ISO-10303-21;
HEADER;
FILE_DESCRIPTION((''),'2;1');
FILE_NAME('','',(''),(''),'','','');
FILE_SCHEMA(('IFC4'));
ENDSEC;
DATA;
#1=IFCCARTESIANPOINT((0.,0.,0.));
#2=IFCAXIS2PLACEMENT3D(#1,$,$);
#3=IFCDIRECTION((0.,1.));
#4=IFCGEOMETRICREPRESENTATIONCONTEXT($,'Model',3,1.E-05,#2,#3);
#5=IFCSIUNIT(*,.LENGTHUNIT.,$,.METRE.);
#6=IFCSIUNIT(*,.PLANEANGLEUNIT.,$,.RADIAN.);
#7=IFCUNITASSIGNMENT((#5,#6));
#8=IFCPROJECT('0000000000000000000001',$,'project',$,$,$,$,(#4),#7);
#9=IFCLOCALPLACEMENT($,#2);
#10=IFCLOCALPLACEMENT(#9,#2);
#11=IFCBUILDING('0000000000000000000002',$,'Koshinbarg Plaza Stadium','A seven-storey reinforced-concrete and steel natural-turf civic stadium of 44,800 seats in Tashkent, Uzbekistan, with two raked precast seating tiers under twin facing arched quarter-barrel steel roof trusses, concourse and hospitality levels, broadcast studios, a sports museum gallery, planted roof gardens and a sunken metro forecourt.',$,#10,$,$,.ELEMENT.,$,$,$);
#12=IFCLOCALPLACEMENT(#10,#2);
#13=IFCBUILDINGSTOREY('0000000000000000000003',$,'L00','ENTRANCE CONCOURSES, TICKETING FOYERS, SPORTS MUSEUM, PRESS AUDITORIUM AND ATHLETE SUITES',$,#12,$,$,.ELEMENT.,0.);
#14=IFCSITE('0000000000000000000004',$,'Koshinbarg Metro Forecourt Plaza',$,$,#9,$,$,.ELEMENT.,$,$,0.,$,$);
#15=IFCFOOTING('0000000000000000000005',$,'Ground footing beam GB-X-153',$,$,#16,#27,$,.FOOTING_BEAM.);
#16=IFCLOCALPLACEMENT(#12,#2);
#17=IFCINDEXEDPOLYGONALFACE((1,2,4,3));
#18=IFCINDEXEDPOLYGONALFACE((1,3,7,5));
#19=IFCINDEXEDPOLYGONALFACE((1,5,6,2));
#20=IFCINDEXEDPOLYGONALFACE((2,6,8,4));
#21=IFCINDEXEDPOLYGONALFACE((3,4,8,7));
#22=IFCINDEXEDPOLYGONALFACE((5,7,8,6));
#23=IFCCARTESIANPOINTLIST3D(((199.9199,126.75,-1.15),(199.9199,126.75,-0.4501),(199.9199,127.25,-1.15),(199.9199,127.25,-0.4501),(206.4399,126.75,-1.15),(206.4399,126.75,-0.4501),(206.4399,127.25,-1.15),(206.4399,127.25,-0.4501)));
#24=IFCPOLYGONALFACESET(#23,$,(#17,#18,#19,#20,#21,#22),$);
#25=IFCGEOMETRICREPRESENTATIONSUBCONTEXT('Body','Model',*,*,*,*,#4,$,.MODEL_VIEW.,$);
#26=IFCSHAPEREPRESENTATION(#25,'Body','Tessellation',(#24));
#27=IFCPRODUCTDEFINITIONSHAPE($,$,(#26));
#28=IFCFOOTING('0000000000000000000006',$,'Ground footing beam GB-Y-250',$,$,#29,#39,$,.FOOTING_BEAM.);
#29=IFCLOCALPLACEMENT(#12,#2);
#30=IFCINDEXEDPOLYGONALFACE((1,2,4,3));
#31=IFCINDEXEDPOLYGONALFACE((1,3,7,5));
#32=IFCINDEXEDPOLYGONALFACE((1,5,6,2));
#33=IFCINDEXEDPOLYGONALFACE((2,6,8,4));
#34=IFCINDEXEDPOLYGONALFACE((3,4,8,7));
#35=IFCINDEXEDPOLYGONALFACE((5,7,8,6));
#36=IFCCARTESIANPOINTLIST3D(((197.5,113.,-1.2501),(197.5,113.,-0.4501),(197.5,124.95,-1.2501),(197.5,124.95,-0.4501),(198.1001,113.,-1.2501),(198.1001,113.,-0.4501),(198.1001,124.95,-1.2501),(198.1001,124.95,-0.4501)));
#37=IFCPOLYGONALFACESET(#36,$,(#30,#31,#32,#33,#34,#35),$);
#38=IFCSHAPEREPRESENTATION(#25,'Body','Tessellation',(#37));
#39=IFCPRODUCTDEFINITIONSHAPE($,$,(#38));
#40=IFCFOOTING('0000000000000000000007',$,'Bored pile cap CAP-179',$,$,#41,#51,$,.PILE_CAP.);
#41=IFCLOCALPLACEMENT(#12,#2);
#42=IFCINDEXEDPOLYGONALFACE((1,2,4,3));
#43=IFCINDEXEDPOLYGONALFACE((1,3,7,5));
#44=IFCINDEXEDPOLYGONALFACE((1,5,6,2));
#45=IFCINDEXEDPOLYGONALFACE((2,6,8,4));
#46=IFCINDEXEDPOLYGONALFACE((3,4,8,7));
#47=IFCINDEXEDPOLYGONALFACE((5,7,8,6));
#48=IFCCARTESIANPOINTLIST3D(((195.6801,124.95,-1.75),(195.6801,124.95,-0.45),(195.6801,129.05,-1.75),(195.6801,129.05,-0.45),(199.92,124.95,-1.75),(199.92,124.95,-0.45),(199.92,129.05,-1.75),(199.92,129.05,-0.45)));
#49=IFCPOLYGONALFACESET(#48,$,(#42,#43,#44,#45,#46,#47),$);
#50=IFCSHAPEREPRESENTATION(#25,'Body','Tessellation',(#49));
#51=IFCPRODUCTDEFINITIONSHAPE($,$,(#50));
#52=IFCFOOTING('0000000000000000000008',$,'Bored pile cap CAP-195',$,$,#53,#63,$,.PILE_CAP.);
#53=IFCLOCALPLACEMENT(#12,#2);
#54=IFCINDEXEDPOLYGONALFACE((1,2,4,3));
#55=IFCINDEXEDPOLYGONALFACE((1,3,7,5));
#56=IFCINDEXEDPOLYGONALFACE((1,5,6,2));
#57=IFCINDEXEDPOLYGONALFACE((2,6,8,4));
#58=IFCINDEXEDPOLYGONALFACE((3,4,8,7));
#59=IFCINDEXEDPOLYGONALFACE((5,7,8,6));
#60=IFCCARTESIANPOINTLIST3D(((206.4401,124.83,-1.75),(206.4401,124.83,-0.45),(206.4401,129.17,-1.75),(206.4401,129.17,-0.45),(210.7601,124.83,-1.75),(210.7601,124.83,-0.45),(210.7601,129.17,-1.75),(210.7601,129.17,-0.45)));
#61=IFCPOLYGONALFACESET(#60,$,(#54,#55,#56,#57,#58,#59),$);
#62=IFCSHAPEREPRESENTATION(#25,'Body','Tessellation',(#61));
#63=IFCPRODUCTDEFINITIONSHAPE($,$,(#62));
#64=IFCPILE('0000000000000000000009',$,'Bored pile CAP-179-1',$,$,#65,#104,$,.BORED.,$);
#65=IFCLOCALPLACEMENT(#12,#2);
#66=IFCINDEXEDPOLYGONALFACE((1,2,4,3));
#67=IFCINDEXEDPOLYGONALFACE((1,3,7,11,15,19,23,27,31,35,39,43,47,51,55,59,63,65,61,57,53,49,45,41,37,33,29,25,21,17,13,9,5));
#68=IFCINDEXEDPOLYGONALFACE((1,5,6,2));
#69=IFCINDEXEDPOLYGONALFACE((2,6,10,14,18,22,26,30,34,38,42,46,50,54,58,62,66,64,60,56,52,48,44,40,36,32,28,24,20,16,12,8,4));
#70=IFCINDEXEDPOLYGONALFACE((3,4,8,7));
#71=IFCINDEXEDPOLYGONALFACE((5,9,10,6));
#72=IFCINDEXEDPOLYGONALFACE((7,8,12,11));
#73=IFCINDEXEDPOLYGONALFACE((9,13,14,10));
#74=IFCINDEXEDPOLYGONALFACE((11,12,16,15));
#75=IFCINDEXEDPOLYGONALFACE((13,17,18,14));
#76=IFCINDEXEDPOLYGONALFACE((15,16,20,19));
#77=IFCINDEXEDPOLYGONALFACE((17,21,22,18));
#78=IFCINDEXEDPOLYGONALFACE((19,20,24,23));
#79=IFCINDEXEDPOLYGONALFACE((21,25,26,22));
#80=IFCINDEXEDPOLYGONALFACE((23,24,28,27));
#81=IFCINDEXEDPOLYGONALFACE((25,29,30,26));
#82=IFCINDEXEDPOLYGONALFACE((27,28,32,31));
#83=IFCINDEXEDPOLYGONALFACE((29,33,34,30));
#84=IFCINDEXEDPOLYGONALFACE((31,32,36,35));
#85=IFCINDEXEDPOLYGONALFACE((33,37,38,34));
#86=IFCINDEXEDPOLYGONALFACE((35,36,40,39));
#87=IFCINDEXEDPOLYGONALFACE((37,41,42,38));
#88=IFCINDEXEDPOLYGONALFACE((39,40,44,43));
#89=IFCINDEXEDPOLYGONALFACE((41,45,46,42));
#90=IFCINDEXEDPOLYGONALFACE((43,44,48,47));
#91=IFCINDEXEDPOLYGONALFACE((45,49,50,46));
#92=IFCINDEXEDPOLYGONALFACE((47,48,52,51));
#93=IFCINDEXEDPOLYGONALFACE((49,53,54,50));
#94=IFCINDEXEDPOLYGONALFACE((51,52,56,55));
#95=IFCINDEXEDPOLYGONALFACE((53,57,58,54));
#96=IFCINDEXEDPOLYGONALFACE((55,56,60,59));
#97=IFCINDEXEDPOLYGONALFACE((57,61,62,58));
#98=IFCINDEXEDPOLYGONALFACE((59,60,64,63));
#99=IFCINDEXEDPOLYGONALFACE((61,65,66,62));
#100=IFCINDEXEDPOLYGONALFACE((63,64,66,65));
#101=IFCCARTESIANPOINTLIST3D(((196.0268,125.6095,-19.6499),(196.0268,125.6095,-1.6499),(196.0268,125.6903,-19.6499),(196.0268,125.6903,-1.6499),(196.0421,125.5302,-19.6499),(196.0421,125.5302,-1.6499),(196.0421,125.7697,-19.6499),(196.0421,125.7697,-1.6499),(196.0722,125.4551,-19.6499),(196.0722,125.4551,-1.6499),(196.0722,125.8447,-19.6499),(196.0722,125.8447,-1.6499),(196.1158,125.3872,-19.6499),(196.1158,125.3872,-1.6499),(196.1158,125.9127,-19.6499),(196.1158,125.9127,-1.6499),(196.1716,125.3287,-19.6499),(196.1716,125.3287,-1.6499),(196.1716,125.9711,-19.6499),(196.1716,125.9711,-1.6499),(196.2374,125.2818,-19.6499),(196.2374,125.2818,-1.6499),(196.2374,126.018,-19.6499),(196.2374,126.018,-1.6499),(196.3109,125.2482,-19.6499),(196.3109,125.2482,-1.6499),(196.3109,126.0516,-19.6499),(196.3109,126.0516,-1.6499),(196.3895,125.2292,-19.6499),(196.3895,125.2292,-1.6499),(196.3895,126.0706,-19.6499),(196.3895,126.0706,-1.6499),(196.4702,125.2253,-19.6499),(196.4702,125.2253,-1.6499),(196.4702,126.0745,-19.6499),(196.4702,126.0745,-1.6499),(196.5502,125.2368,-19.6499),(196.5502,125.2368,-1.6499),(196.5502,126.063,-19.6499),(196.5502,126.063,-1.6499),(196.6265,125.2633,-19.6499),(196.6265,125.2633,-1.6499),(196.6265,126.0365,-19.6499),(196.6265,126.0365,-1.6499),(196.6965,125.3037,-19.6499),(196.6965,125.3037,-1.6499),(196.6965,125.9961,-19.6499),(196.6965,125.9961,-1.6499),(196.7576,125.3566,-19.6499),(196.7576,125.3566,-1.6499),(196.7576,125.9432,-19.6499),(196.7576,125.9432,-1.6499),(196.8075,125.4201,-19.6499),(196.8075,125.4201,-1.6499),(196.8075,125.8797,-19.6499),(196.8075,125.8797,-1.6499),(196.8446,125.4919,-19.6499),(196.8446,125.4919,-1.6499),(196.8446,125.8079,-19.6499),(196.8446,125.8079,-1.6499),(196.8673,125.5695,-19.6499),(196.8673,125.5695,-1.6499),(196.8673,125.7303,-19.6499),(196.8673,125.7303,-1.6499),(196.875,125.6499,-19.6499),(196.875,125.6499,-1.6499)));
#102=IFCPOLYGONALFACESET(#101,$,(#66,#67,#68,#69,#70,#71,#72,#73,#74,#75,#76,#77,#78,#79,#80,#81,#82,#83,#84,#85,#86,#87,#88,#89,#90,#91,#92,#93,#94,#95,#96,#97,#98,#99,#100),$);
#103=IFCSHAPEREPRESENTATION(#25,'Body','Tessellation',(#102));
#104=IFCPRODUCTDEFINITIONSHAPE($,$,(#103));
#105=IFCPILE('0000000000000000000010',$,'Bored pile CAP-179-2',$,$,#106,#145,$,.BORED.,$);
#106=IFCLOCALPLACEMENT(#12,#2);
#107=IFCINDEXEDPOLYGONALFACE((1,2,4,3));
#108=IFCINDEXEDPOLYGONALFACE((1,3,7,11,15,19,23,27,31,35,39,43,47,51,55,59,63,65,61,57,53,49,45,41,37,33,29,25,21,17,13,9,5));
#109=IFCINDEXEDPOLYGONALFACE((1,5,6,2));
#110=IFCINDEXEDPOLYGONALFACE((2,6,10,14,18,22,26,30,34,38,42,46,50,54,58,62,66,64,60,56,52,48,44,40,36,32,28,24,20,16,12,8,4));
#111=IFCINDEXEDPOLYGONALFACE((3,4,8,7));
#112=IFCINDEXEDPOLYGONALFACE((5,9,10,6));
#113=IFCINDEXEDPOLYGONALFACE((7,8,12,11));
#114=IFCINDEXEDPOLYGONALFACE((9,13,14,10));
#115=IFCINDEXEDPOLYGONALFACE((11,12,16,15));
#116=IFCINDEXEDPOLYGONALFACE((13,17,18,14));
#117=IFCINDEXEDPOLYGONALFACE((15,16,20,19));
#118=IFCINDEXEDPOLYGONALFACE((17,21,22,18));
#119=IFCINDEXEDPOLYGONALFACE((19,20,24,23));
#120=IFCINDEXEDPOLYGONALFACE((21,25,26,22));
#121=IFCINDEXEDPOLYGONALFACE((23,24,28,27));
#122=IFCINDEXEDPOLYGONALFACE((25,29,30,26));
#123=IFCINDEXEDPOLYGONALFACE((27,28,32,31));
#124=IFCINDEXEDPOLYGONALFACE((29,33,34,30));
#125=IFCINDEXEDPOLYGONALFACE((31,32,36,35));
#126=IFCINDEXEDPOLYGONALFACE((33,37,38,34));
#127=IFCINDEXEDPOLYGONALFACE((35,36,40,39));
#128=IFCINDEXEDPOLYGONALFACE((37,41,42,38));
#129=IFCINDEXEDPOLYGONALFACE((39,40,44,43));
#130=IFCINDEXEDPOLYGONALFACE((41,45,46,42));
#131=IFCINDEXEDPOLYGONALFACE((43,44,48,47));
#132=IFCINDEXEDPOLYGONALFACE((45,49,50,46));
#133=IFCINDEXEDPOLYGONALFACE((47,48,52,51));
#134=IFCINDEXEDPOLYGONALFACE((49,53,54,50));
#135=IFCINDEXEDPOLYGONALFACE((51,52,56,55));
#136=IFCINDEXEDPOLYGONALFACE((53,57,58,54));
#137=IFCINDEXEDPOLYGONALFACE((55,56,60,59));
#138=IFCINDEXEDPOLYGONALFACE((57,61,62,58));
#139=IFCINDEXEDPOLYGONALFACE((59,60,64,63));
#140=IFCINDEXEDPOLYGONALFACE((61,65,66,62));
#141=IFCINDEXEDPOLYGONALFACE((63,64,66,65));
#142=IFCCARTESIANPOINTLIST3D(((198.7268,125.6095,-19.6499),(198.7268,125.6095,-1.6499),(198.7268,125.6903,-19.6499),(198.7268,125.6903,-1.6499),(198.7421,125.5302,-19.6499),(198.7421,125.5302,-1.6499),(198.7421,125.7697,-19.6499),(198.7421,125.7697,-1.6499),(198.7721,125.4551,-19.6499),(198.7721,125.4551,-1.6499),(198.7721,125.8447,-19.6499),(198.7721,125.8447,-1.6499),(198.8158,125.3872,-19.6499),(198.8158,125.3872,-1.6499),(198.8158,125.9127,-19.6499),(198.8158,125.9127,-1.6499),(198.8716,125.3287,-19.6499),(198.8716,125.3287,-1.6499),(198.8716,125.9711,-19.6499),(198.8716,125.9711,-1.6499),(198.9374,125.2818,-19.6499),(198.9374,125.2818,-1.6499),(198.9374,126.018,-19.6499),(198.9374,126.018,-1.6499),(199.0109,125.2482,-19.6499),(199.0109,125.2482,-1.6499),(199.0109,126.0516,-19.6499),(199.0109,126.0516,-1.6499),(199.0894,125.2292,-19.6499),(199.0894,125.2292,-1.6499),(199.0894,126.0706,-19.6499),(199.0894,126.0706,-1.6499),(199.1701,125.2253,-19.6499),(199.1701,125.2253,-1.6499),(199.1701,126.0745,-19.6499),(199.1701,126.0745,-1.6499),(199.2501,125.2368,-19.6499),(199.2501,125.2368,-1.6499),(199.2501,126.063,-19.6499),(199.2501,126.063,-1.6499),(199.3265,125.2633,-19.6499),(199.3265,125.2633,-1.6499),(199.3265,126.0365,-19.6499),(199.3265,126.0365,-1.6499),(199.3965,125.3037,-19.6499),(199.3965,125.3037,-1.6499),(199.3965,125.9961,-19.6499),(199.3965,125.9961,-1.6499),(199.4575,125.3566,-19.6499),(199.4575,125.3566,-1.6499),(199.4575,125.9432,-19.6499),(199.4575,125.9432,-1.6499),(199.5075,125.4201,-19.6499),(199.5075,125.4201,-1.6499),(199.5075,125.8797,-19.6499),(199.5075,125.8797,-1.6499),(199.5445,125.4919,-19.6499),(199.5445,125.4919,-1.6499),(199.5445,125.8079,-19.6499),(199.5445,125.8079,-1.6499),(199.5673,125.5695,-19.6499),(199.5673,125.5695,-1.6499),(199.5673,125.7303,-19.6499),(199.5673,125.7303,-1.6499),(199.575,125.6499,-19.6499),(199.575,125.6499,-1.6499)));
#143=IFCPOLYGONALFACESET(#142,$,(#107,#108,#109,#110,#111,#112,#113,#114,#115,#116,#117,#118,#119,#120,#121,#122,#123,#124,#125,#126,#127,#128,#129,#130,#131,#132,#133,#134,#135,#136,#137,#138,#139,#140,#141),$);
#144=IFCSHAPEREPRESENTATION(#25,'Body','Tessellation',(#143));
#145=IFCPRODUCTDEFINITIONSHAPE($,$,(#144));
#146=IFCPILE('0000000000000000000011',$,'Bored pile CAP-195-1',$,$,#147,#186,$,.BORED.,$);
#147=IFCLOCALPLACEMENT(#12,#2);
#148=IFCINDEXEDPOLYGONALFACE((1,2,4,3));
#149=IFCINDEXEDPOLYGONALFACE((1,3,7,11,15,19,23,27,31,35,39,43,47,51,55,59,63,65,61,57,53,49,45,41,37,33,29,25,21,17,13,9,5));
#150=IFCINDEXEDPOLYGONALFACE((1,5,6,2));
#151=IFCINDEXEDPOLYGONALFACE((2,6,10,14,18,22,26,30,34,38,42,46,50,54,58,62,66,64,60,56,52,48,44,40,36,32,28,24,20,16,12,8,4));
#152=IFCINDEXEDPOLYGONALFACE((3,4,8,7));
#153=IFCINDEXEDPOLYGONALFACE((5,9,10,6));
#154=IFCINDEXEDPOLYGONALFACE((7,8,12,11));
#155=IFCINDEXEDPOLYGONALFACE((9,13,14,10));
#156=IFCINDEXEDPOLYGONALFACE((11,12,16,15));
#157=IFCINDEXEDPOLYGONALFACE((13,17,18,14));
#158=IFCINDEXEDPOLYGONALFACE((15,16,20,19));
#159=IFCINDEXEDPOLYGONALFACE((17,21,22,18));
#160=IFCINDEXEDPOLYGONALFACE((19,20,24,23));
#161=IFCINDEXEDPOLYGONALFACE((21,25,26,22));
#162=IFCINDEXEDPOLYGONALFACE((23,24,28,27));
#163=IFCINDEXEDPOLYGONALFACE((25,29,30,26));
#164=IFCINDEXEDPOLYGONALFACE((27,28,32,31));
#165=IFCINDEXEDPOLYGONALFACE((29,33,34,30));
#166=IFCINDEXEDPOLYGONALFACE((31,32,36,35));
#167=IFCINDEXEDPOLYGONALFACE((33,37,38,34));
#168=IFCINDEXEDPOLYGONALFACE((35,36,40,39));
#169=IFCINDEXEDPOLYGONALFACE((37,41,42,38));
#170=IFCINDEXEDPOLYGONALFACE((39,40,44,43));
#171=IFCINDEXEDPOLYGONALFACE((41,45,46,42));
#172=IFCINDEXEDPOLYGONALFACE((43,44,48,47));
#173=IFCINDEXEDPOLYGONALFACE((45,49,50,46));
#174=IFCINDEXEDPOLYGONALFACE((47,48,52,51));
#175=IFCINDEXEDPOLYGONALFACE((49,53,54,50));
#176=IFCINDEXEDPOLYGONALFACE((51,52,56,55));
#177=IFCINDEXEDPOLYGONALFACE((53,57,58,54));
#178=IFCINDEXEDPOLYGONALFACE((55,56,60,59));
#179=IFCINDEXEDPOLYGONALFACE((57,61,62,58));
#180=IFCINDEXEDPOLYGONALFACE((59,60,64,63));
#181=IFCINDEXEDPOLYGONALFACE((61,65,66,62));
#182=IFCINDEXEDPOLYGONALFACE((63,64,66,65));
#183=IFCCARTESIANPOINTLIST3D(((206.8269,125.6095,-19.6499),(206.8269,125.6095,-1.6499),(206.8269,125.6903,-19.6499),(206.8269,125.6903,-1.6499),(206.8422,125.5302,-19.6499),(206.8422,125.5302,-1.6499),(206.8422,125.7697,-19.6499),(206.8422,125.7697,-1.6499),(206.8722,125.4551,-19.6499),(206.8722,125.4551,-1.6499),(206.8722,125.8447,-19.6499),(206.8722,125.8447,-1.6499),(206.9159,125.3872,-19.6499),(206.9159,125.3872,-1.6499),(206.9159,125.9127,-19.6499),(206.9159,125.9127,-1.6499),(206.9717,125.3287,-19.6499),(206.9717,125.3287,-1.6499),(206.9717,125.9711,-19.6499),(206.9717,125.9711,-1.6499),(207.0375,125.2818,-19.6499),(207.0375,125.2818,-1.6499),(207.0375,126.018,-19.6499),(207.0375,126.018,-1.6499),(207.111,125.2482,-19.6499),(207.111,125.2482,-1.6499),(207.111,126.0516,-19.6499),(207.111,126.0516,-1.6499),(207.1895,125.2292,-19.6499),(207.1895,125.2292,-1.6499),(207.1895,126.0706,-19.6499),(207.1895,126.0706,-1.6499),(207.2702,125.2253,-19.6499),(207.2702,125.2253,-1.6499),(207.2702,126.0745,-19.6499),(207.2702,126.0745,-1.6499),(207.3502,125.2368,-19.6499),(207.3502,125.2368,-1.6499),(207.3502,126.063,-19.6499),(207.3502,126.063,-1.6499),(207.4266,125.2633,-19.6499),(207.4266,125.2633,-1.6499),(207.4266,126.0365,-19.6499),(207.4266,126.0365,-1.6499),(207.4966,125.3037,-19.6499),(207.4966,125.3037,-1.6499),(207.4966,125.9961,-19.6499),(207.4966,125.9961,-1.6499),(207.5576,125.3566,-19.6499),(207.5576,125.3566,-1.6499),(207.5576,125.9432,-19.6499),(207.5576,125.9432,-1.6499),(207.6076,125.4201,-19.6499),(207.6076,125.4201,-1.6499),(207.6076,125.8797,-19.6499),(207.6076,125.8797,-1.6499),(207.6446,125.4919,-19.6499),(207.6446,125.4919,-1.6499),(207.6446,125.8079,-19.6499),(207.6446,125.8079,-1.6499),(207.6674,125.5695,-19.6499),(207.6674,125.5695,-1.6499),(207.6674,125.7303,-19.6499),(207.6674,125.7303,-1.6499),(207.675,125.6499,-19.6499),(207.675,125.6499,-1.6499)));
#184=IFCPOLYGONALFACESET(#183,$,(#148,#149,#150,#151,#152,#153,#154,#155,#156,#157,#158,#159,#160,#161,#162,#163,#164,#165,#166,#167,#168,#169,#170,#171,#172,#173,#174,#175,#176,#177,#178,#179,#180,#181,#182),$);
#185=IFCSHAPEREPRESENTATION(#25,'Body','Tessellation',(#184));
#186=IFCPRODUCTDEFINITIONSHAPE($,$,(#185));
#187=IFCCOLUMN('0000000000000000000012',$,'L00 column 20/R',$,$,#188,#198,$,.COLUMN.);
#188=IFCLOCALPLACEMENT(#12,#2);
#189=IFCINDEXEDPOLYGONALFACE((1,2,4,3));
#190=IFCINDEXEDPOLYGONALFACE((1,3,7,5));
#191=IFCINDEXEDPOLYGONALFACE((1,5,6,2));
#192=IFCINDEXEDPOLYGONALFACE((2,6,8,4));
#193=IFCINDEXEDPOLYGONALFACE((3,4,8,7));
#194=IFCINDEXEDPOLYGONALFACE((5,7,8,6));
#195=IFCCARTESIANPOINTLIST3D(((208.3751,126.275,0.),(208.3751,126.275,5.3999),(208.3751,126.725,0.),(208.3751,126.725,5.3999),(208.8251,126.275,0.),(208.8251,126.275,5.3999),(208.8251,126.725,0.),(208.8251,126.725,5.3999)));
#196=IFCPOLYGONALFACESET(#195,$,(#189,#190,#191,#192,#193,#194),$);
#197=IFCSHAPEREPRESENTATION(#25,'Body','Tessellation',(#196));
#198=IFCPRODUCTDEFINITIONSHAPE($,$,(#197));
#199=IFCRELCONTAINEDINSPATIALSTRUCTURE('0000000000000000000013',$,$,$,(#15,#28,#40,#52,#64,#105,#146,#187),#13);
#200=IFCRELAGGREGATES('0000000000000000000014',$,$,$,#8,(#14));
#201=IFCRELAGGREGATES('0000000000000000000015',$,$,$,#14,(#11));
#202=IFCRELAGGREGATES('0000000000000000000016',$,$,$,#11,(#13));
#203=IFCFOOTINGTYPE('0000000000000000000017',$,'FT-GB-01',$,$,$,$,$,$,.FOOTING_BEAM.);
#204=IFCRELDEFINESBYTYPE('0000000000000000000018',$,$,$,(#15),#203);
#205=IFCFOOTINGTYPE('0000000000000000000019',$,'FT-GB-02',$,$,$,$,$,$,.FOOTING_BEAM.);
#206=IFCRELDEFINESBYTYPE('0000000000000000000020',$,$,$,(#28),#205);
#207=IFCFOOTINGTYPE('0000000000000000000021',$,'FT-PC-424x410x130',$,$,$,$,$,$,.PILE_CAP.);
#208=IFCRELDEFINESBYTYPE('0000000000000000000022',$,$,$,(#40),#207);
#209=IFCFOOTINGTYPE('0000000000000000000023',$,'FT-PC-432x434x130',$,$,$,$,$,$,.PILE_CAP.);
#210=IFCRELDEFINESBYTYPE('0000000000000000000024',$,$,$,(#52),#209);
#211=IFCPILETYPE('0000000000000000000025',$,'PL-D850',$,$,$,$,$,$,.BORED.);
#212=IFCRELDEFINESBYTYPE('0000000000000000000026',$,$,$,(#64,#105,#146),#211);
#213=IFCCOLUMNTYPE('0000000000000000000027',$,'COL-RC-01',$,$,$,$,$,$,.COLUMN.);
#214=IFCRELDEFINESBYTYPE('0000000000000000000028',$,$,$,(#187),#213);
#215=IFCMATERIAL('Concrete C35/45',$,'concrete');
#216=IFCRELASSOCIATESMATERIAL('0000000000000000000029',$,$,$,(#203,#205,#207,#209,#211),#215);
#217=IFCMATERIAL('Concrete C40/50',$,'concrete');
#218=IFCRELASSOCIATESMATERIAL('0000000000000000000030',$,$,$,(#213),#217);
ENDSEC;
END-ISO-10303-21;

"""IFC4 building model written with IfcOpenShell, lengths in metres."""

from ifc_helpers import new_model, si_unit, direction, frame, origin, origin_2d, place, context, subcontext, project, spatial, rectangle, circle, extrude, material, material_profile, profile_set, type_object, element, save


model = new_model("IFC4")

# Units and contexts
model_context = context("Model", 3, precision=1e-05, world=origin(), true_north=direction((0.0, 1.0)))
body_context = subcontext(model_context, "Body", "Model", "MODEL_VIEW")
ifc_project = project(units=[si_unit("LENGTHUNIT", "METRE"), si_unit("PLANEANGLEUNIT", "RADIAN")], contexts=[model_context])

# Site, building, storey
site_placement = place(None, origin())
site = spatial("IfcSite", under=ifc_project, at=site_placement, Name="Koshinbarg Metro Forecourt Plaza", CompositionType="ELEMENT", RefElevation=0.0)
building_placement = place(site_placement, origin())
building = spatial("IfcBuilding", under=site, at=building_placement, Name="Koshinbarg Plaza Stadium", Description="A seven-storey reinforced-concrete and steel natural-turf civic stadium of 44,800 seats in Tashkent, Uzbekistan, with two raked precast seating tiers under twin facing arched quarter-barrel steel roof trusses, concourse and hospitality levels, broadcast studios, a sports museum gallery, planted roof gardens and a sunken metro forecourt.", CompositionType="ELEMENT")
storey_placement = place(building_placement, origin())
storey = spatial("IfcBuildingStorey", under=building, at=storey_placement, Name="L00", Description="ENTRANCE CONCOURSES, TICKETING FOYERS, SPORTS MUSEUM, PRESS AUDITORIUM AND ATHLETE SUITES", CompositionType="ELEMENT", Elevation=0.0)

# Footings
ifc_material_1 = material(Name="Concrete C35/45", Category="concrete")
ifc_material_profile_1 = material_profile(ifc_material_1, rectangle(XDim=0.5, YDim=0.7, at=origin_2d()), Name="GB 500x700")
ifc_profile_set_1 = profile_set([ifc_material_profile_1], Name="Concrete C35/45")
footing_type_1 = type_object("IfcFootingType", Name="FT-GB-01", PredefinedType="FOOTING_BEAM", material=ifc_profile_set_1)
footing_1_placement = place(storey_placement, frame((199.9199, 127.0, -0.8), z_axis=(1.0, 0.0, 0.0), x_axis=(0.0, 1.0, 0.0)))
element("IfcFooting", 1, at=footing_1_placement, inside=storey, type_object=footing_type_1, Name="Ground footing beam GB-X-153", PredefinedType="FOOTING_BEAM", context=body_context, shape_type="SweptSolid", body=[
    extrude(rectangle(XDim=0.5, YDim=0.7, at=origin_2d()), origin(), (0.0, 0.0, 1.0), 6.52),
])
ifc_material_profile_2 = material_profile(ifc_material_1, rectangle(XDim=0.6001, YDim=0.8, at=origin_2d()), Name="GB 600x800")
ifc_profile_set_2 = profile_set([ifc_material_profile_2], Name="Concrete C35/45")
footing_type_2 = type_object("IfcFootingType", Name="FT-GB-02", PredefinedType="FOOTING_BEAM", material=ifc_profile_set_2)
footing_2_placement = place(storey_placement, frame((197.8, 113.0, -0.8501), z_axis=(0.0, 1.0, 0.0), x_axis=(-1.0, 0.0, 0.0)))
element("IfcFooting", 2, at=footing_2_placement, inside=storey, type_object=footing_type_2, Name="Ground footing beam GB-Y-250", PredefinedType="FOOTING_BEAM", context=body_context, shape_type="SweptSolid", body=[
    extrude(rectangle(XDim=0.6001, YDim=0.8, at=origin_2d()), origin(), (0.0, 0.0, 1.0), 11.95),
])
footing_type_3 = type_object("IfcFootingType", Name="FT-PC-424x410x130", PredefinedType="PILE_CAP", material=ifc_material_1)
footing_3_placement = place(storey_placement, frame((197.8, 127.0, -1.75), z_axis=(0.0, 0.0, 1.0), x_axis=(1.0, 0.0, 0.0)))
element("IfcFooting", 3, at=footing_3_placement, inside=storey, type_object=footing_type_3, Name="Bored pile cap CAP-179", PredefinedType="PILE_CAP", context=body_context, shape_type="SweptSolid", body=[
    extrude(rectangle(XDim=4.24, YDim=4.1001, at=origin_2d()), origin(), (0.0, 0.0, 1.0), 1.3),
])
footing_type_4 = type_object("IfcFootingType", Name="FT-PC-432x434x130", PredefinedType="PILE_CAP", material=ifc_material_1)
footing_4_placement = place(storey_placement, frame((208.6001, 127.0, -1.75), z_axis=(0.0, 0.0, 1.0), x_axis=(1.0, 0.0, 0.0)))
element("IfcFooting", 4, at=footing_4_placement, inside=storey, type_object=footing_type_4, Name="Bored pile cap CAP-195", PredefinedType="PILE_CAP", context=body_context, shape_type="SweptSolid", body=[
    extrude(rectangle(XDim=4.3201, YDim=4.3401, at=origin_2d()), origin(), (0.0, 0.0, 1.0), 1.3),
])

# Piles
ifc_material_profile_3 = material_profile(ifc_material_1, circle(Radius=0.425, at=origin_2d()), Name="PILE D850")
ifc_profile_set_3 = profile_set([ifc_material_profile_3], Name="Concrete C35/45")
pile_type = type_object("IfcPileType", Name="PL-D850", PredefinedType="BORED", material=ifc_profile_set_3)
for number, where, z_axis, x_axis, name in (
    (5, (196.45, 125.6499, -1.6499), (0.0, 0.0, -1.0), (1.0, 0.0, 0.0), "Bored pile CAP-179-1"),
    (6, (199.1499, 125.6499, -1.6499), (0.0, 0.0, -1.0), (1.0, 0.0, 0.0), "Bored pile CAP-179-2"),
    (7, (207.25, 125.6499, -1.6499), (0.0, 0.0, -1.0), (1.0, 0.0, 0.0), "Bored pile CAP-195-1"),
):
    element("IfcPile", number, at=place(storey_placement, frame(where, z_axis=z_axis, x_axis=x_axis)), inside=storey, type_object=pile_type, Name=name, PredefinedType="BORED", context=body_context, shape_type="SweptSolid", body=[
        extrude(circle(Radius=0.425, at=origin_2d()), origin(), (0.0, 0.0, 1.0), 18.0),
    ])

# Column
ifc_material_2 = material(Name="Concrete C40/50", Category="concrete")
ifc_material_profile_4 = material_profile(ifc_material_2, rectangle(XDim=0.45, YDim=0.45, at=origin_2d()), Name="RC 450x450")
ifc_profile_set_4 = profile_set([ifc_material_profile_4], Name="Concrete C40/50")
column_type_1 = type_object("IfcColumnType", Name="COL-RC-01", PredefinedType="COLUMN", material=ifc_profile_set_4)
column_1_placement = place(storey_placement, frame((208.6001, 126.5, 0.0), z_axis=(0.0, 0.0, 1.0), x_axis=(1.0, 0.0, 0.0)))
element("IfcColumn", 8, at=column_1_placement, inside=storey, type_object=column_type_1, Name="L00 column 20/R", PredefinedType="COLUMN", context=body_context, shape_type="SweptSolid", body=[
    extrude(rectangle(XDim=0.45, YDim=0.45, at=origin_2d()), origin(), (0.0, 0.0, 1.0), 5.3999),
])

save(model, "model.ifc")
